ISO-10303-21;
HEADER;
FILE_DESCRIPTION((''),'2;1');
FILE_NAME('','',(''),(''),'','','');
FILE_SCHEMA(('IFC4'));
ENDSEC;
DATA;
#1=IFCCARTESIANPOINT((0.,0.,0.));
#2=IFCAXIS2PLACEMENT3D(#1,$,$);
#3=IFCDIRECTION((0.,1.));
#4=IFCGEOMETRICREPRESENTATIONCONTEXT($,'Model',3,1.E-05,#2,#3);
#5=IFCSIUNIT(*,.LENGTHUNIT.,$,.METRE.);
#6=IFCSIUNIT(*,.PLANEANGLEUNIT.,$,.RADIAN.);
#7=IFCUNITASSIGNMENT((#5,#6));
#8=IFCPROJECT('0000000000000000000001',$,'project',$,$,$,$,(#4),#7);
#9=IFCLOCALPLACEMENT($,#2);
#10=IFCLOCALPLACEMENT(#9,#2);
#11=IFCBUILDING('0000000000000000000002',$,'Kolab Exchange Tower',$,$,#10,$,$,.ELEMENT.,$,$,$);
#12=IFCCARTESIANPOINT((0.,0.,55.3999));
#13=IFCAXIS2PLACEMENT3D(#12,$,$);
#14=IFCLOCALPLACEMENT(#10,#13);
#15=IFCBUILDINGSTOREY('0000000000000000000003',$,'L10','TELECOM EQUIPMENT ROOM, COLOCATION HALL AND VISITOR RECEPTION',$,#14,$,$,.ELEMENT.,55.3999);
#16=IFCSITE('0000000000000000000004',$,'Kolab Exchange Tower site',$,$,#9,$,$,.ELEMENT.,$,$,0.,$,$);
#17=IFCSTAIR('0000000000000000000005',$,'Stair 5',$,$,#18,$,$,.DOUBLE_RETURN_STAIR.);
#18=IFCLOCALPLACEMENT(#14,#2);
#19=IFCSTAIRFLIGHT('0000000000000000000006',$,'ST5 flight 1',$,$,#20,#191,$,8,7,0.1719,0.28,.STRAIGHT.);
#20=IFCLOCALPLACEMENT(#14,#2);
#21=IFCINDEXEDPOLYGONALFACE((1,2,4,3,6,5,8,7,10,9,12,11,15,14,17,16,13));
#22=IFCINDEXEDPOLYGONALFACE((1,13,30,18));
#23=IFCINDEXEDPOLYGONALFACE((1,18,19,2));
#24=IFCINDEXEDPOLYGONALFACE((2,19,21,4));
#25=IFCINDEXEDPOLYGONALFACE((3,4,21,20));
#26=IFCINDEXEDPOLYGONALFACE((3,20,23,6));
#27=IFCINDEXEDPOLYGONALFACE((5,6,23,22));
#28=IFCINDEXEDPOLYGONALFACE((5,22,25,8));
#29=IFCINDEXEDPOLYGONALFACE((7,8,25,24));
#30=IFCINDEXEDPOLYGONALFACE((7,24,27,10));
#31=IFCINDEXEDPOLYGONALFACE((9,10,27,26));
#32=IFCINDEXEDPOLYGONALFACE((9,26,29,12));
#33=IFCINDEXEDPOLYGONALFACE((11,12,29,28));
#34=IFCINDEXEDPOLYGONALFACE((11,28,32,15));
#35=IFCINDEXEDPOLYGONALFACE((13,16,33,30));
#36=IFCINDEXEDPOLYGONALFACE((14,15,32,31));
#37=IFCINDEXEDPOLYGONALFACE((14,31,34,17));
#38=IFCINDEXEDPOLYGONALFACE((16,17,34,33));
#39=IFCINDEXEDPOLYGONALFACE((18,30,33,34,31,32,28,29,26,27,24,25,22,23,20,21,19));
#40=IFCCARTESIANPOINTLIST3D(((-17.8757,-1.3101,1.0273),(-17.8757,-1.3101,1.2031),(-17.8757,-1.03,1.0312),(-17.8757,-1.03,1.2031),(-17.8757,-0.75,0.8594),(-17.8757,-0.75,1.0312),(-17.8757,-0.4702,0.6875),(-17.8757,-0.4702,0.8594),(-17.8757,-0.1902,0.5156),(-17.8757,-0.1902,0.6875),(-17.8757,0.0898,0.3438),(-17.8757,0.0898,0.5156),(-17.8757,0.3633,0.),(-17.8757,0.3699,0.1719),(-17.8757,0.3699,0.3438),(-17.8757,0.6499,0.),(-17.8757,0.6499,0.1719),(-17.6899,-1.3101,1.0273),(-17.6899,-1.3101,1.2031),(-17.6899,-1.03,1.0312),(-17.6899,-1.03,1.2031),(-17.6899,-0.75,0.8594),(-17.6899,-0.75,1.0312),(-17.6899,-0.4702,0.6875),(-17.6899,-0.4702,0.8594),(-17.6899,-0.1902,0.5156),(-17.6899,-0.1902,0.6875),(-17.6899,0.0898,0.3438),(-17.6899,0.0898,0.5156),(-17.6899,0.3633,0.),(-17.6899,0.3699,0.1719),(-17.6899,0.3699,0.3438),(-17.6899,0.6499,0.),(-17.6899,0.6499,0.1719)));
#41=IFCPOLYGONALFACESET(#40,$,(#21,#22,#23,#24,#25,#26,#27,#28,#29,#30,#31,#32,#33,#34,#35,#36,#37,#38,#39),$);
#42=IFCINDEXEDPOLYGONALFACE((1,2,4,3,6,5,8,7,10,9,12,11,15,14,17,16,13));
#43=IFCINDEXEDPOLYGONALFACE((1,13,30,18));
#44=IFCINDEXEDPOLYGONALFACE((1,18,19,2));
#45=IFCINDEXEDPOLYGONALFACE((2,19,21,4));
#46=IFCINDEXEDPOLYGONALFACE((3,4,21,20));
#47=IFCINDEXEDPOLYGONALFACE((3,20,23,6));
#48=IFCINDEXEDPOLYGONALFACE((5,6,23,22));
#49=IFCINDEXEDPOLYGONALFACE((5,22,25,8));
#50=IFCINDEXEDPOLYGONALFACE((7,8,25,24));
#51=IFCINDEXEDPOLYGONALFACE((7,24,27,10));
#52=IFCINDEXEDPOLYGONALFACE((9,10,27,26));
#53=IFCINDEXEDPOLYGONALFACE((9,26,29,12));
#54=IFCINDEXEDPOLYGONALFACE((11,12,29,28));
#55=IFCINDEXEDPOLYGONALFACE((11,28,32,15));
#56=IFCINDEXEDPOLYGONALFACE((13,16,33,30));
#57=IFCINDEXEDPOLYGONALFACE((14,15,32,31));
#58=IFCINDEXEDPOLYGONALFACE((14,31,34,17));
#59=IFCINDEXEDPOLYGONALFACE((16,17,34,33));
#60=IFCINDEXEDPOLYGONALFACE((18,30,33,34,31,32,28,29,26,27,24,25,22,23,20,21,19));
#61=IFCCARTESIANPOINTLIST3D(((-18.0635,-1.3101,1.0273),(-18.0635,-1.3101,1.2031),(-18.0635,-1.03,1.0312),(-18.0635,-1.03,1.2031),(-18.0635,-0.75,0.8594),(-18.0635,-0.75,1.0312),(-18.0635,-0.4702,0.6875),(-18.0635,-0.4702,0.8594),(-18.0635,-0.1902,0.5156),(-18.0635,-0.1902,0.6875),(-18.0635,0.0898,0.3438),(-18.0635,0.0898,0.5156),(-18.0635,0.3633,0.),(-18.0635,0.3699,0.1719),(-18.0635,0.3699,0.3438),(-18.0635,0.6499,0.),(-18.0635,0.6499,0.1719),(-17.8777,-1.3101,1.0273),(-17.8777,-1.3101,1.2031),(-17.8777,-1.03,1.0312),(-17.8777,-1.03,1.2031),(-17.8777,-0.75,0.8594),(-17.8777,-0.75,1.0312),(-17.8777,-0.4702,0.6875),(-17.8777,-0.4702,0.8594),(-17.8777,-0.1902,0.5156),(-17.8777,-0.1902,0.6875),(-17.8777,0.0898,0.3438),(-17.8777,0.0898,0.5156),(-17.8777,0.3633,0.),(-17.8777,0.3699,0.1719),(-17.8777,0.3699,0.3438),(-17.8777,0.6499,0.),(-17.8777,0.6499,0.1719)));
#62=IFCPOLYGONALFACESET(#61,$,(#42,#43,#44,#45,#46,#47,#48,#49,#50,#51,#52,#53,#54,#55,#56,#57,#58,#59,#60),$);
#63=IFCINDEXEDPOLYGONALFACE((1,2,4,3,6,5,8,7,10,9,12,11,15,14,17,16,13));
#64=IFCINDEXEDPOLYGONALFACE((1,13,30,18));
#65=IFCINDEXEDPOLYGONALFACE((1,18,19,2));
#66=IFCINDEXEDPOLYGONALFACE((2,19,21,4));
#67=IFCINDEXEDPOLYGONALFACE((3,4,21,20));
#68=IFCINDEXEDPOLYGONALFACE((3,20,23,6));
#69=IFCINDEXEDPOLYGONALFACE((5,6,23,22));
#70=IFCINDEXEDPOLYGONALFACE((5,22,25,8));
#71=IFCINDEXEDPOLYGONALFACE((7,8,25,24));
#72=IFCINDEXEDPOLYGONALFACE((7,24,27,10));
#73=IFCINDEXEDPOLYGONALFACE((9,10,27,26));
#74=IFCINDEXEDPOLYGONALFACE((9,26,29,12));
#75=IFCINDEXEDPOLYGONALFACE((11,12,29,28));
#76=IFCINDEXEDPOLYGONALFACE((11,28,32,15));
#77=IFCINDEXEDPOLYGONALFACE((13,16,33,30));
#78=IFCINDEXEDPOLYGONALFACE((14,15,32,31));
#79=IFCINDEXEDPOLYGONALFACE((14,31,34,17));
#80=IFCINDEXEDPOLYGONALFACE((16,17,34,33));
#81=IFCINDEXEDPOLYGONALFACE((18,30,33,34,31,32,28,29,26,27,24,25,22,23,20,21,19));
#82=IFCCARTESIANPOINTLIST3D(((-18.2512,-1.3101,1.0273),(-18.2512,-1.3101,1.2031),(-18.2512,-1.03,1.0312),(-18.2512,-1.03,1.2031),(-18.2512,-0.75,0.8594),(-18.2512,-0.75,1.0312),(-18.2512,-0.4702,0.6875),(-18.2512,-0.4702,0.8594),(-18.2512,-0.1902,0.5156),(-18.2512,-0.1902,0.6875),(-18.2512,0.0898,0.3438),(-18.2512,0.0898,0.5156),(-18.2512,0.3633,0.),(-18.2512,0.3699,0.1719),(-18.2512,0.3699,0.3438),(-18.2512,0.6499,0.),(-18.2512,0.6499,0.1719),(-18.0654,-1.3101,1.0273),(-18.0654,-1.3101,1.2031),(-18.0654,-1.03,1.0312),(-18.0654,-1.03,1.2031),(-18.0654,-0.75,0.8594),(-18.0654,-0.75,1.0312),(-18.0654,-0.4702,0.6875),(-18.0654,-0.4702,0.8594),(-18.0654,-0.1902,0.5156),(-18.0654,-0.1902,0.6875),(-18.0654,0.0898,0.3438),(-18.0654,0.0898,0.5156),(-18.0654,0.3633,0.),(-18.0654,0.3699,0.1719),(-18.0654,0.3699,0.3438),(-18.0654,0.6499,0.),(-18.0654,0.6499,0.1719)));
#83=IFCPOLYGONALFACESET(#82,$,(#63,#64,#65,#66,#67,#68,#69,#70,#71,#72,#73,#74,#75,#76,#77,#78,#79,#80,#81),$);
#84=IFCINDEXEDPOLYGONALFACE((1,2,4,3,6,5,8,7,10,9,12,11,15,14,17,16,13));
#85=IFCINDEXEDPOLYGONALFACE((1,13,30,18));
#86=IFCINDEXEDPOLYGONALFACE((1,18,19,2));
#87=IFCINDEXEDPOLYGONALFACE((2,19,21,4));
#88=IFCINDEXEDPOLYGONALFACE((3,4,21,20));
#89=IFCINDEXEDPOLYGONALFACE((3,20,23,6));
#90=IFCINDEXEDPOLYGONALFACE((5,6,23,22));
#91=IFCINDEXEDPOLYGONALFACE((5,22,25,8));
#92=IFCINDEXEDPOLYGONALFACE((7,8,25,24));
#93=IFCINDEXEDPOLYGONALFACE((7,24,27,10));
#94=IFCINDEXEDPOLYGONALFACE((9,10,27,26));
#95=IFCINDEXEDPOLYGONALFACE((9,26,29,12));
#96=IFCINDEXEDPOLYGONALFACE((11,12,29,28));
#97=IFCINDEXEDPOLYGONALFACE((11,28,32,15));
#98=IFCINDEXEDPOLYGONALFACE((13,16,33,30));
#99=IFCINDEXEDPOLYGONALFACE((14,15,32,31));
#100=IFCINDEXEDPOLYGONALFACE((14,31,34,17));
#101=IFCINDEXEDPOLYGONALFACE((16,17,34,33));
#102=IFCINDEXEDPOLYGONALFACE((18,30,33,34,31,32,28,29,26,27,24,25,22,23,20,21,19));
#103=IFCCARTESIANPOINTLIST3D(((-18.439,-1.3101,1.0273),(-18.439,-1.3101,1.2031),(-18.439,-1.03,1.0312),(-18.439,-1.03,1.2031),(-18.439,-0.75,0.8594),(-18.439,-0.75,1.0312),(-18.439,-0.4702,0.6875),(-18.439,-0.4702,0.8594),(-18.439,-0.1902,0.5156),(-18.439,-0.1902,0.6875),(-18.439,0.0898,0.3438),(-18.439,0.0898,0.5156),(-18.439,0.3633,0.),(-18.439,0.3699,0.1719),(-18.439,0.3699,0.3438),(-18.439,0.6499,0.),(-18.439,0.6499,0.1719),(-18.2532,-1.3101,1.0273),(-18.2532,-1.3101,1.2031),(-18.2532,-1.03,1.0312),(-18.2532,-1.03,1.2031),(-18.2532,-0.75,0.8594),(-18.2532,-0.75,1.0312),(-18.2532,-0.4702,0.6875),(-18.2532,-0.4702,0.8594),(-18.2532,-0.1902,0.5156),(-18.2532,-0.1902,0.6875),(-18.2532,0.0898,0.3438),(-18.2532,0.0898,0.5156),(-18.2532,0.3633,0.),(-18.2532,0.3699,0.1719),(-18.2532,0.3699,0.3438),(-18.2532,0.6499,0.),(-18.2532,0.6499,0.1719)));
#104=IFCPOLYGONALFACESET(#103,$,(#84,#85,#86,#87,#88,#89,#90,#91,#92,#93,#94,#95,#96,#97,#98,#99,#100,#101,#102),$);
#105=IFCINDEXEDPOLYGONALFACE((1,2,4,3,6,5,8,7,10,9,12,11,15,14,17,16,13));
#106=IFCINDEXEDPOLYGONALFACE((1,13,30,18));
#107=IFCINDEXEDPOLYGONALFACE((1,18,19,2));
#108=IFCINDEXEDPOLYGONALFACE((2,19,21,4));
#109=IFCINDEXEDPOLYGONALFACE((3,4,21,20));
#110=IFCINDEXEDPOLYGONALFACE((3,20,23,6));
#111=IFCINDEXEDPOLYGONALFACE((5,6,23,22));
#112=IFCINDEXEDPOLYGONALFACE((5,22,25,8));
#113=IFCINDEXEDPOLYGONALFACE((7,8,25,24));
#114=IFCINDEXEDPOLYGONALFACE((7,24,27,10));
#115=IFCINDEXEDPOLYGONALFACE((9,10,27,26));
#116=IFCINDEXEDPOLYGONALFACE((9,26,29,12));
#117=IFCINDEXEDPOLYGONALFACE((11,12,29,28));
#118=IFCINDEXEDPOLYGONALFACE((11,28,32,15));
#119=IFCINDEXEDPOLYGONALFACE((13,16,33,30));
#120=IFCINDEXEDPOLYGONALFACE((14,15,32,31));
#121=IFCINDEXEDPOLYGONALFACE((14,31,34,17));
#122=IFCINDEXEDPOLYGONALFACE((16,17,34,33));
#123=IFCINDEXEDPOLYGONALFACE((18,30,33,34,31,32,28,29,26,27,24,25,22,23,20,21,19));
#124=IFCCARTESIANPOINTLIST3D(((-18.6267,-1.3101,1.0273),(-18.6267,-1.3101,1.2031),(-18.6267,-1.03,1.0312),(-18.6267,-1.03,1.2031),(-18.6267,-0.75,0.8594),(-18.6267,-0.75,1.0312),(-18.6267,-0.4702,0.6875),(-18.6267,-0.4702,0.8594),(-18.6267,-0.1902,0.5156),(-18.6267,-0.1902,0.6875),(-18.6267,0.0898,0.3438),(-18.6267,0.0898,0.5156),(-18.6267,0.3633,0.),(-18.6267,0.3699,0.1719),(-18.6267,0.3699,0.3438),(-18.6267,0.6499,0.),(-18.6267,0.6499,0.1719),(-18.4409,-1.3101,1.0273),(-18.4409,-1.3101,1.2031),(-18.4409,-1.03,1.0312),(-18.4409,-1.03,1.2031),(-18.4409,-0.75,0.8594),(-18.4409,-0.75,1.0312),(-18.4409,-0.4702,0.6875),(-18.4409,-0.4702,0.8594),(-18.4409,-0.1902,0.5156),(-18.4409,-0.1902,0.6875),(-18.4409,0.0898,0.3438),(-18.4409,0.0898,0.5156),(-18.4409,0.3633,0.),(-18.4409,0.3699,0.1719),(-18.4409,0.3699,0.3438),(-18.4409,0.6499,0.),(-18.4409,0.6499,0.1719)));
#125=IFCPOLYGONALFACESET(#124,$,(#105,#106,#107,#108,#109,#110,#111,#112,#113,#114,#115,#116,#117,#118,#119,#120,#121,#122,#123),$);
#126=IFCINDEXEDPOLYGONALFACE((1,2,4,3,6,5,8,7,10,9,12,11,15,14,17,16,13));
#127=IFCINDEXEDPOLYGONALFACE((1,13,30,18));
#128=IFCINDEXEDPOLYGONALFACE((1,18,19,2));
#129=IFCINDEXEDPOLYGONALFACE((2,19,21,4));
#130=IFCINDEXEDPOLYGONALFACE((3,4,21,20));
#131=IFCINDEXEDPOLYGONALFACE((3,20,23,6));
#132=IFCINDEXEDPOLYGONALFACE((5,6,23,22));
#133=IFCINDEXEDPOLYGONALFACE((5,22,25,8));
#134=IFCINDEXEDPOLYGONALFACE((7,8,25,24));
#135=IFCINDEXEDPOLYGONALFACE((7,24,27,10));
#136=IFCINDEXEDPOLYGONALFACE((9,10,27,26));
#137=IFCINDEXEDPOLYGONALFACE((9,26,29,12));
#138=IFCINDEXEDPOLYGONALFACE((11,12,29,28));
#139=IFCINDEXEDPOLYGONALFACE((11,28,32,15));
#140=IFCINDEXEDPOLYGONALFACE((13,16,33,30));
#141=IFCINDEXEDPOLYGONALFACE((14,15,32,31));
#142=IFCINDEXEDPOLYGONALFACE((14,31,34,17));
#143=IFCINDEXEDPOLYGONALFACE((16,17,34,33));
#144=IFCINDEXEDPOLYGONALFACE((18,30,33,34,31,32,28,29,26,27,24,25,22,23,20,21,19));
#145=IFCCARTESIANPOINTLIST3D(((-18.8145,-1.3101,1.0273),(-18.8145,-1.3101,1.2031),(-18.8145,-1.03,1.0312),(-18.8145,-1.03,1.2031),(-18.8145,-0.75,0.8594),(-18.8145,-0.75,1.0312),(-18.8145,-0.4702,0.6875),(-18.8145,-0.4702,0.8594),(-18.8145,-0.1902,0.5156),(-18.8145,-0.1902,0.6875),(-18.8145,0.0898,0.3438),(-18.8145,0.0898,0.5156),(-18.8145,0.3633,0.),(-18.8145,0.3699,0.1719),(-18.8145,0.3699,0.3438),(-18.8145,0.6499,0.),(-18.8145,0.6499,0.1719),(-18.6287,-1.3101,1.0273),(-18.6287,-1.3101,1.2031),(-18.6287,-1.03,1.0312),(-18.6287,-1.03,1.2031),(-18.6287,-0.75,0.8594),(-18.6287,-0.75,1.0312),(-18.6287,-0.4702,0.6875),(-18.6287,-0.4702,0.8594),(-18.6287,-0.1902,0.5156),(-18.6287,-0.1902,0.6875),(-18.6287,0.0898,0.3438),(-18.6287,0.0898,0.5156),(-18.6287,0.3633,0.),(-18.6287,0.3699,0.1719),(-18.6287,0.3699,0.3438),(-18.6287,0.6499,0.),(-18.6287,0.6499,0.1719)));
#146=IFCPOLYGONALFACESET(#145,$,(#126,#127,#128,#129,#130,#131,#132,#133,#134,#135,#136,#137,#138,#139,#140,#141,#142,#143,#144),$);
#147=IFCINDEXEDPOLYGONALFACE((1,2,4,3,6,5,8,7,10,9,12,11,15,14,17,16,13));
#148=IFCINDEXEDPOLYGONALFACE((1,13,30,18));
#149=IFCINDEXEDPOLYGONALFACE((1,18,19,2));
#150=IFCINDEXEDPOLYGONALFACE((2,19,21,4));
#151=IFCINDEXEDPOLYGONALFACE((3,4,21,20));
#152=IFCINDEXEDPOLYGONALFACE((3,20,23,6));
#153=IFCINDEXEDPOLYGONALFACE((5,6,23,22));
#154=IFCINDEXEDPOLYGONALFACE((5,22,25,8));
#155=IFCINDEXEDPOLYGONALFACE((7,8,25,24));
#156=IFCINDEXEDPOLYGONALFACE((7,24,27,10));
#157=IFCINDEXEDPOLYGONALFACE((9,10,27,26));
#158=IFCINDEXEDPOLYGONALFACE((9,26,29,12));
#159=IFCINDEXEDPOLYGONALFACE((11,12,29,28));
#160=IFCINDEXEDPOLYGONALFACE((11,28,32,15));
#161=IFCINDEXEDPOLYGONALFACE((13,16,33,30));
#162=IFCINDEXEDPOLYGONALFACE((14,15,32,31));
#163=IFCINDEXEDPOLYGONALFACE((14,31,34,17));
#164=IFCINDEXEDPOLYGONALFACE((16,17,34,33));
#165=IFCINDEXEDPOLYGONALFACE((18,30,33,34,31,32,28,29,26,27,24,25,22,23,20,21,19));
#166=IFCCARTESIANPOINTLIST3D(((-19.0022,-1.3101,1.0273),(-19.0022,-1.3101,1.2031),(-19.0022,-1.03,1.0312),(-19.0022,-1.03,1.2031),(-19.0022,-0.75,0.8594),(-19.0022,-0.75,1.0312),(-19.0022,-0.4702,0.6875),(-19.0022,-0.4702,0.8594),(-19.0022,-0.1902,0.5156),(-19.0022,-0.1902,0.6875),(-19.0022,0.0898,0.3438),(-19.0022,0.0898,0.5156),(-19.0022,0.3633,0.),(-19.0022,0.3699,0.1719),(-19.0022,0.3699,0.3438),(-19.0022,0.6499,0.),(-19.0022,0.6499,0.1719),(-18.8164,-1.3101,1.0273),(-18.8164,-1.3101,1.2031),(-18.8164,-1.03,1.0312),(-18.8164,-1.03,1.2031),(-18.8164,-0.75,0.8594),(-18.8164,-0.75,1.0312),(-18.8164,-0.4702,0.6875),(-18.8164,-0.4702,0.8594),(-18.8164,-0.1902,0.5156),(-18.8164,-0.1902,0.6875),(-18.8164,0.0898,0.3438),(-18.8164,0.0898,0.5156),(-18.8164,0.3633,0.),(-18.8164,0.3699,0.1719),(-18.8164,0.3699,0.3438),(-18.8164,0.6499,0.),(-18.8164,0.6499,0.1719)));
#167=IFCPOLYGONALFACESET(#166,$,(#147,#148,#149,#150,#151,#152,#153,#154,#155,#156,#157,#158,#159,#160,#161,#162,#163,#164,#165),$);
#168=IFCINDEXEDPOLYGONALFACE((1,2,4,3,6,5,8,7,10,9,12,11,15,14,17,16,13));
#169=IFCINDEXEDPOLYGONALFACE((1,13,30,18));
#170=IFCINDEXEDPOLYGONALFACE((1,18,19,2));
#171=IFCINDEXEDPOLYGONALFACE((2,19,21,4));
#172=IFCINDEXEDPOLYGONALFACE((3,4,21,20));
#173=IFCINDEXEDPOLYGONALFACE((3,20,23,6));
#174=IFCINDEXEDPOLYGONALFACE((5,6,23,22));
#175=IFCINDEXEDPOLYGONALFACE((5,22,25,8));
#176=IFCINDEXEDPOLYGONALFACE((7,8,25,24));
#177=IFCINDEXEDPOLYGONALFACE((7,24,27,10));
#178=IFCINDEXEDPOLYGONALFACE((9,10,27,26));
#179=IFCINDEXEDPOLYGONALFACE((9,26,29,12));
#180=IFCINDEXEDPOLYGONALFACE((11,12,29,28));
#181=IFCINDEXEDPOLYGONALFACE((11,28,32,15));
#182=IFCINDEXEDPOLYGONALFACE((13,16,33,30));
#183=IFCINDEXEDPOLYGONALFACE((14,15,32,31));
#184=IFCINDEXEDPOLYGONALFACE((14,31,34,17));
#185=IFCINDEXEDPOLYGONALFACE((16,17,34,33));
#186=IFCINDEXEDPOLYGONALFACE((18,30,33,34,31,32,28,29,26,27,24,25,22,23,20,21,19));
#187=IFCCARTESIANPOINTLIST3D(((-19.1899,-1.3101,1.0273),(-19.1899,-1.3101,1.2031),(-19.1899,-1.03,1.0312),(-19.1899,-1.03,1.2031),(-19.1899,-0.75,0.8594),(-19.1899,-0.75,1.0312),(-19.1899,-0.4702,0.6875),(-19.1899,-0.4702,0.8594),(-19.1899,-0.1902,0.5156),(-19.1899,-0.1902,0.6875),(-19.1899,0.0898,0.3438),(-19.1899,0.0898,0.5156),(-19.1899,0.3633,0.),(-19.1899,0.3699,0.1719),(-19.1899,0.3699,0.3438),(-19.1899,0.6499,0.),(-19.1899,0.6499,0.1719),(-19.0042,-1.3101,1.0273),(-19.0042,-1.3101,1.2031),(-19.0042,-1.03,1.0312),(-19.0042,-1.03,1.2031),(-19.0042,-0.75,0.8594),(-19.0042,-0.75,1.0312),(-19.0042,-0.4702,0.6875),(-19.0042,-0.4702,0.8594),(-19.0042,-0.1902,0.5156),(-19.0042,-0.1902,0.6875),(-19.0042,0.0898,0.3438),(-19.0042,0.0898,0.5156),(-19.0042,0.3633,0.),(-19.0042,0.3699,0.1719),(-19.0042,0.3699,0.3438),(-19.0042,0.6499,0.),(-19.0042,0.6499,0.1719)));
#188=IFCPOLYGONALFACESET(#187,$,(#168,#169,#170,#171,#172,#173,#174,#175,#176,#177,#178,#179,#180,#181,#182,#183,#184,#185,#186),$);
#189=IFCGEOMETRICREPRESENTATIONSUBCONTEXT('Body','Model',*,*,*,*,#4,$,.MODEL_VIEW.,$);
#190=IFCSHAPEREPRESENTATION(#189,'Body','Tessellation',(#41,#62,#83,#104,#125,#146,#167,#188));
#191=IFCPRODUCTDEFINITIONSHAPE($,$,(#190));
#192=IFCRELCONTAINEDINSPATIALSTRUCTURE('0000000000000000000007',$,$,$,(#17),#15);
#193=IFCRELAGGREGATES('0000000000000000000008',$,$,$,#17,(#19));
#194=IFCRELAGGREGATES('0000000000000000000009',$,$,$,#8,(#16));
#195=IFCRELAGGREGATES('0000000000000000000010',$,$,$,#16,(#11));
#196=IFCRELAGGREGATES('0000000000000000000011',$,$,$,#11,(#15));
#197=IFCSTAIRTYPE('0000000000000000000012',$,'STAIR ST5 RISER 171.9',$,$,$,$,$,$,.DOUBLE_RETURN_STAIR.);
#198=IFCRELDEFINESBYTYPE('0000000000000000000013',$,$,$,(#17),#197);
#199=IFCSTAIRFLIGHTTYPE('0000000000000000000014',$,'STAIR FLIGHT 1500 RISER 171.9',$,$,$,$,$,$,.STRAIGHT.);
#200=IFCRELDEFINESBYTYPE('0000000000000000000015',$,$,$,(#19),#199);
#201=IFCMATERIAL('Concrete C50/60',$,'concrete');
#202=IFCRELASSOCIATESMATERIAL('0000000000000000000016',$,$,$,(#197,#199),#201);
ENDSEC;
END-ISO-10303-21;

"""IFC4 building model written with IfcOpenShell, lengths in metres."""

from ifc_helpers import new_model, si_unit, direction, frame, origin, place, context, subcontext, project, spatial, polyline, outline, extrude, material, type_object, element, aggregate, save


model = new_model("IFC4")

# Units and contexts
model_context = context("Model", 3, precision=1e-05, world=origin(), true_north=direction((0.0, 1.0)))
body_context = subcontext(model_context, "Body", "Model", "MODEL_VIEW")
ifc_project = project(units=[si_unit("LENGTHUNIT", "METRE"), si_unit("PLANEANGLEUNIT", "RADIAN")], contexts=[model_context])

# Site, building, storey
site_placement = place(None, origin())
site = spatial("IfcSite", under=ifc_project, at=site_placement, Name="Kolab Exchange Tower site", CompositionType="ELEMENT", RefElevation=0.0)
building_placement = place(site_placement, origin())
building = spatial("IfcBuilding", under=site, at=building_placement, Name="Kolab Exchange Tower", CompositionType="ELEMENT")
storey_placement = place(building_placement, frame((0.0, 0.0, 55.3999)))
storey = spatial("IfcBuildingStorey", under=building, at=storey_placement, Name="L10", Description="TELECOM EQUIPMENT ROOM, COLOCATION HALL AND VISITOR RECEPTION", CompositionType="ELEMENT", Elevation=55.3999)

# Shared definitions
ifc_material_1 = material(Name="Concrete C50/60", Category="concrete")

# Stair, stair flight
stair_type = type_object("IfcStairType", Name="STAIR ST5 RISER 171.9", PredefinedType="DOUBLE_RETURN_STAIR", material=ifc_material_1)
stair_placement = place(storey_placement, origin())
stair = element("IfcStair", 1, at=stair_placement, inside=storey, type_object=stair_type, Name="Stair 5", PredefinedType="DOUBLE_RETURN_STAIR")
stair_flight_type = type_object("IfcStairFlightType", Name="STAIR FLIGHT 1500 RISER 171.9", PredefinedType="STRAIGHT", material=ifc_material_1)
stair_flight_1_placement = place(storey_placement, frame((-18.4399, 0.6499, 0.0), z_axis=(0.0, 0.0, 1.0), x_axis=(0.0, -1.0, 0.0)))
stair_flight_1 = element("IfcStairFlight", 2, at=stair_flight_1_placement, type_object=stair_flight_type, Name="ST5 flight 1", NumberOfRisers=8, NumberOfTreads=7, PredefinedType="STRAIGHT", RiserHeight=0.1719, TreadLength=0.28, context=body_context, shape_type="SweptSolid", body=[
    extrude(outline(polyline([(0.0, 0.0), (0.0, 0.1719), (0.28, 0.1719), (0.28, 0.3438), (0.5601, 0.3438), (0.5601, 0.5156), (0.8401, 0.5156), (0.8401, 0.6875), (1.1201, 0.6875), (1.1201, 0.8594), (1.3999, 0.8594), (1.3999, 1.0312), (1.6799, 1.0312), (1.6799, 1.2031), (1.96, 1.2031), (1.96, 1.375), (1.96, 1.0273), (0.2866, 0.0), (0.0, 0.0)])), frame((0.0, 0.75, 0.0), z_axis=(0.0, -1.0, 0.0), x_axis=(1.0, 0.0, 0.0)), (0.0, 0.0, 1.0), 0.1858),
    extrude(outline(polyline([(0.0, 0.0), (0.0, 0.1719), (0.28, 0.1719), (0.28, 0.3438), (0.5601, 0.3438), (0.5601, 0.5156), (0.8401, 0.5156), (0.8401, 0.6875), (1.1201, 0.6875), (1.1201, 0.8594), (1.3999, 0.8594), (1.3999, 1.0312), (1.6799, 1.0312), (1.6799, 1.2031), (1.96, 1.2031), (1.96, 1.375), (1.96, 1.0273), (0.2866, 0.0), (0.0, 0.0)])), frame((0.0, 0.5623, 0.0), z_axis=(0.0, -1.0, 0.0), x_axis=(1.0, 0.0, 0.0)), (0.0, 0.0, 1.0), 0.1858),
    extrude(outline(polyline([(0.0, 0.0), (0.0, 0.1719), (0.28, 0.1719), (0.28, 0.3438), (0.5601, 0.3438), (0.5601, 0.5156), (0.8401, 0.5156), (0.8401, 0.6875), (1.1201, 0.6875), (1.1201, 0.8594), (1.3999, 0.8594), (1.3999, 1.0312), (1.6799, 1.0312), (1.6799, 1.2031), (1.96, 1.2031), (1.96, 1.375), (1.96, 1.0273), (0.2866, 0.0), (0.0, 0.0)])), frame((0.0, 0.3745, 0.0), z_axis=(0.0, -1.0, 0.0), x_axis=(1.0, 0.0, 0.0)), (0.0, 0.0, 1.0), 0.1858),
    extrude(outline(polyline([(0.0, 0.0), (0.0, 0.1719), (0.28, 0.1719), (0.28, 0.3438), (0.5601, 0.3438), (0.5601, 0.5156), (0.8401, 0.5156), (0.8401, 0.6875), (1.1201, 0.6875), (1.1201, 0.8594), (1.3999, 0.8594), (1.3999, 1.0312), (1.6799, 1.0312), (1.6799, 1.2031), (1.96, 1.2031), (1.96, 1.375), (1.96, 1.0273), (0.2866, 0.0), (0.0, 0.0)])), frame((0.0, 0.1868, 0.0), z_axis=(0.0, -1.0, 0.0), x_axis=(1.0, 0.0, 0.0)), (0.0, 0.0, 1.0), 0.1858),
    extrude(outline(polyline([(0.0, 0.0), (0.0, 0.1719), (0.28, 0.1719), (0.28, 0.3438), (0.5601, 0.3438), (0.5601, 0.5156), (0.8401, 0.5156), (0.8401, 0.6875), (1.1201, 0.6875), (1.1201, 0.8594), (1.3999, 0.8594), (1.3999, 1.0312), (1.6799, 1.0312), (1.6799, 1.2031), (1.96, 1.2031), (1.96, 1.375), (1.96, 1.0273), (0.2866, 0.0), (0.0, 0.0)])), frame((0.0, -0.001, 0.0), z_axis=(0.0, -1.0, 0.0), x_axis=(1.0, 0.0, 0.0)), (0.0, 0.0, 1.0), 0.1858),
    extrude(outline(polyline([(0.0, 0.0), (0.0, 0.1719), (0.28, 0.1719), (0.28, 0.3438), (0.5601, 0.3438), (0.5601, 0.5156), (0.8401, 0.5156), (0.8401, 0.6875), (1.1201, 0.6875), (1.1201, 0.8594), (1.3999, 0.8594), (1.3999, 1.0312), (1.6799, 1.0312), (1.6799, 1.2031), (1.96, 1.2031), (1.96, 1.375), (1.96, 1.0273), (0.2866, 0.0), (0.0, 0.0)])), frame((0.0, -0.1887, 0.0), z_axis=(0.0, -1.0, 0.0), x_axis=(1.0, 0.0, 0.0)), (0.0, 0.0, 1.0), 0.1858),
    extrude(outline(polyline([(0.0, 0.0), (0.0, 0.1719), (0.28, 0.1719), (0.28, 0.3438), (0.5601, 0.3438), (0.5601, 0.5156), (0.8401, 0.5156), (0.8401, 0.6875), (1.1201, 0.6875), (1.1201, 0.8594), (1.3999, 0.8594), (1.3999, 1.0312), (1.6799, 1.0312), (1.6799, 1.2031), (1.96, 1.2031), (1.96, 1.375), (1.96, 1.0273), (0.2866, 0.0), (0.0, 0.0)])), frame((0.0, -0.3765, 0.0), z_axis=(0.0, -1.0, 0.0), x_axis=(1.0, 0.0, 0.0)), (0.0, 0.0, 1.0), 0.1858),
    extrude(outline(polyline([(0.0, 0.0), (0.0, 0.1719), (0.28, 0.1719), (0.28, 0.3438), (0.5601, 0.3438), (0.5601, 0.5156), (0.8401, 0.5156), (0.8401, 0.6875), (1.1201, 0.6875), (1.1201, 0.8594), (1.3999, 0.8594), (1.3999, 1.0312), (1.6799, 1.0312), (1.6799, 1.2031), (1.96, 1.2031), (1.96, 1.375), (1.96, 1.0273), (0.2866, 0.0), (0.0, 0.0)])), frame((0.0, -0.5642, 0.0), z_axis=(0.0, -1.0, 0.0), x_axis=(1.0, 0.0, 0.0)), (0.0, 0.0, 1.0), 0.1858),
])
aggregate(stair, [stair_flight_1])

save(model, "model.ifc")
